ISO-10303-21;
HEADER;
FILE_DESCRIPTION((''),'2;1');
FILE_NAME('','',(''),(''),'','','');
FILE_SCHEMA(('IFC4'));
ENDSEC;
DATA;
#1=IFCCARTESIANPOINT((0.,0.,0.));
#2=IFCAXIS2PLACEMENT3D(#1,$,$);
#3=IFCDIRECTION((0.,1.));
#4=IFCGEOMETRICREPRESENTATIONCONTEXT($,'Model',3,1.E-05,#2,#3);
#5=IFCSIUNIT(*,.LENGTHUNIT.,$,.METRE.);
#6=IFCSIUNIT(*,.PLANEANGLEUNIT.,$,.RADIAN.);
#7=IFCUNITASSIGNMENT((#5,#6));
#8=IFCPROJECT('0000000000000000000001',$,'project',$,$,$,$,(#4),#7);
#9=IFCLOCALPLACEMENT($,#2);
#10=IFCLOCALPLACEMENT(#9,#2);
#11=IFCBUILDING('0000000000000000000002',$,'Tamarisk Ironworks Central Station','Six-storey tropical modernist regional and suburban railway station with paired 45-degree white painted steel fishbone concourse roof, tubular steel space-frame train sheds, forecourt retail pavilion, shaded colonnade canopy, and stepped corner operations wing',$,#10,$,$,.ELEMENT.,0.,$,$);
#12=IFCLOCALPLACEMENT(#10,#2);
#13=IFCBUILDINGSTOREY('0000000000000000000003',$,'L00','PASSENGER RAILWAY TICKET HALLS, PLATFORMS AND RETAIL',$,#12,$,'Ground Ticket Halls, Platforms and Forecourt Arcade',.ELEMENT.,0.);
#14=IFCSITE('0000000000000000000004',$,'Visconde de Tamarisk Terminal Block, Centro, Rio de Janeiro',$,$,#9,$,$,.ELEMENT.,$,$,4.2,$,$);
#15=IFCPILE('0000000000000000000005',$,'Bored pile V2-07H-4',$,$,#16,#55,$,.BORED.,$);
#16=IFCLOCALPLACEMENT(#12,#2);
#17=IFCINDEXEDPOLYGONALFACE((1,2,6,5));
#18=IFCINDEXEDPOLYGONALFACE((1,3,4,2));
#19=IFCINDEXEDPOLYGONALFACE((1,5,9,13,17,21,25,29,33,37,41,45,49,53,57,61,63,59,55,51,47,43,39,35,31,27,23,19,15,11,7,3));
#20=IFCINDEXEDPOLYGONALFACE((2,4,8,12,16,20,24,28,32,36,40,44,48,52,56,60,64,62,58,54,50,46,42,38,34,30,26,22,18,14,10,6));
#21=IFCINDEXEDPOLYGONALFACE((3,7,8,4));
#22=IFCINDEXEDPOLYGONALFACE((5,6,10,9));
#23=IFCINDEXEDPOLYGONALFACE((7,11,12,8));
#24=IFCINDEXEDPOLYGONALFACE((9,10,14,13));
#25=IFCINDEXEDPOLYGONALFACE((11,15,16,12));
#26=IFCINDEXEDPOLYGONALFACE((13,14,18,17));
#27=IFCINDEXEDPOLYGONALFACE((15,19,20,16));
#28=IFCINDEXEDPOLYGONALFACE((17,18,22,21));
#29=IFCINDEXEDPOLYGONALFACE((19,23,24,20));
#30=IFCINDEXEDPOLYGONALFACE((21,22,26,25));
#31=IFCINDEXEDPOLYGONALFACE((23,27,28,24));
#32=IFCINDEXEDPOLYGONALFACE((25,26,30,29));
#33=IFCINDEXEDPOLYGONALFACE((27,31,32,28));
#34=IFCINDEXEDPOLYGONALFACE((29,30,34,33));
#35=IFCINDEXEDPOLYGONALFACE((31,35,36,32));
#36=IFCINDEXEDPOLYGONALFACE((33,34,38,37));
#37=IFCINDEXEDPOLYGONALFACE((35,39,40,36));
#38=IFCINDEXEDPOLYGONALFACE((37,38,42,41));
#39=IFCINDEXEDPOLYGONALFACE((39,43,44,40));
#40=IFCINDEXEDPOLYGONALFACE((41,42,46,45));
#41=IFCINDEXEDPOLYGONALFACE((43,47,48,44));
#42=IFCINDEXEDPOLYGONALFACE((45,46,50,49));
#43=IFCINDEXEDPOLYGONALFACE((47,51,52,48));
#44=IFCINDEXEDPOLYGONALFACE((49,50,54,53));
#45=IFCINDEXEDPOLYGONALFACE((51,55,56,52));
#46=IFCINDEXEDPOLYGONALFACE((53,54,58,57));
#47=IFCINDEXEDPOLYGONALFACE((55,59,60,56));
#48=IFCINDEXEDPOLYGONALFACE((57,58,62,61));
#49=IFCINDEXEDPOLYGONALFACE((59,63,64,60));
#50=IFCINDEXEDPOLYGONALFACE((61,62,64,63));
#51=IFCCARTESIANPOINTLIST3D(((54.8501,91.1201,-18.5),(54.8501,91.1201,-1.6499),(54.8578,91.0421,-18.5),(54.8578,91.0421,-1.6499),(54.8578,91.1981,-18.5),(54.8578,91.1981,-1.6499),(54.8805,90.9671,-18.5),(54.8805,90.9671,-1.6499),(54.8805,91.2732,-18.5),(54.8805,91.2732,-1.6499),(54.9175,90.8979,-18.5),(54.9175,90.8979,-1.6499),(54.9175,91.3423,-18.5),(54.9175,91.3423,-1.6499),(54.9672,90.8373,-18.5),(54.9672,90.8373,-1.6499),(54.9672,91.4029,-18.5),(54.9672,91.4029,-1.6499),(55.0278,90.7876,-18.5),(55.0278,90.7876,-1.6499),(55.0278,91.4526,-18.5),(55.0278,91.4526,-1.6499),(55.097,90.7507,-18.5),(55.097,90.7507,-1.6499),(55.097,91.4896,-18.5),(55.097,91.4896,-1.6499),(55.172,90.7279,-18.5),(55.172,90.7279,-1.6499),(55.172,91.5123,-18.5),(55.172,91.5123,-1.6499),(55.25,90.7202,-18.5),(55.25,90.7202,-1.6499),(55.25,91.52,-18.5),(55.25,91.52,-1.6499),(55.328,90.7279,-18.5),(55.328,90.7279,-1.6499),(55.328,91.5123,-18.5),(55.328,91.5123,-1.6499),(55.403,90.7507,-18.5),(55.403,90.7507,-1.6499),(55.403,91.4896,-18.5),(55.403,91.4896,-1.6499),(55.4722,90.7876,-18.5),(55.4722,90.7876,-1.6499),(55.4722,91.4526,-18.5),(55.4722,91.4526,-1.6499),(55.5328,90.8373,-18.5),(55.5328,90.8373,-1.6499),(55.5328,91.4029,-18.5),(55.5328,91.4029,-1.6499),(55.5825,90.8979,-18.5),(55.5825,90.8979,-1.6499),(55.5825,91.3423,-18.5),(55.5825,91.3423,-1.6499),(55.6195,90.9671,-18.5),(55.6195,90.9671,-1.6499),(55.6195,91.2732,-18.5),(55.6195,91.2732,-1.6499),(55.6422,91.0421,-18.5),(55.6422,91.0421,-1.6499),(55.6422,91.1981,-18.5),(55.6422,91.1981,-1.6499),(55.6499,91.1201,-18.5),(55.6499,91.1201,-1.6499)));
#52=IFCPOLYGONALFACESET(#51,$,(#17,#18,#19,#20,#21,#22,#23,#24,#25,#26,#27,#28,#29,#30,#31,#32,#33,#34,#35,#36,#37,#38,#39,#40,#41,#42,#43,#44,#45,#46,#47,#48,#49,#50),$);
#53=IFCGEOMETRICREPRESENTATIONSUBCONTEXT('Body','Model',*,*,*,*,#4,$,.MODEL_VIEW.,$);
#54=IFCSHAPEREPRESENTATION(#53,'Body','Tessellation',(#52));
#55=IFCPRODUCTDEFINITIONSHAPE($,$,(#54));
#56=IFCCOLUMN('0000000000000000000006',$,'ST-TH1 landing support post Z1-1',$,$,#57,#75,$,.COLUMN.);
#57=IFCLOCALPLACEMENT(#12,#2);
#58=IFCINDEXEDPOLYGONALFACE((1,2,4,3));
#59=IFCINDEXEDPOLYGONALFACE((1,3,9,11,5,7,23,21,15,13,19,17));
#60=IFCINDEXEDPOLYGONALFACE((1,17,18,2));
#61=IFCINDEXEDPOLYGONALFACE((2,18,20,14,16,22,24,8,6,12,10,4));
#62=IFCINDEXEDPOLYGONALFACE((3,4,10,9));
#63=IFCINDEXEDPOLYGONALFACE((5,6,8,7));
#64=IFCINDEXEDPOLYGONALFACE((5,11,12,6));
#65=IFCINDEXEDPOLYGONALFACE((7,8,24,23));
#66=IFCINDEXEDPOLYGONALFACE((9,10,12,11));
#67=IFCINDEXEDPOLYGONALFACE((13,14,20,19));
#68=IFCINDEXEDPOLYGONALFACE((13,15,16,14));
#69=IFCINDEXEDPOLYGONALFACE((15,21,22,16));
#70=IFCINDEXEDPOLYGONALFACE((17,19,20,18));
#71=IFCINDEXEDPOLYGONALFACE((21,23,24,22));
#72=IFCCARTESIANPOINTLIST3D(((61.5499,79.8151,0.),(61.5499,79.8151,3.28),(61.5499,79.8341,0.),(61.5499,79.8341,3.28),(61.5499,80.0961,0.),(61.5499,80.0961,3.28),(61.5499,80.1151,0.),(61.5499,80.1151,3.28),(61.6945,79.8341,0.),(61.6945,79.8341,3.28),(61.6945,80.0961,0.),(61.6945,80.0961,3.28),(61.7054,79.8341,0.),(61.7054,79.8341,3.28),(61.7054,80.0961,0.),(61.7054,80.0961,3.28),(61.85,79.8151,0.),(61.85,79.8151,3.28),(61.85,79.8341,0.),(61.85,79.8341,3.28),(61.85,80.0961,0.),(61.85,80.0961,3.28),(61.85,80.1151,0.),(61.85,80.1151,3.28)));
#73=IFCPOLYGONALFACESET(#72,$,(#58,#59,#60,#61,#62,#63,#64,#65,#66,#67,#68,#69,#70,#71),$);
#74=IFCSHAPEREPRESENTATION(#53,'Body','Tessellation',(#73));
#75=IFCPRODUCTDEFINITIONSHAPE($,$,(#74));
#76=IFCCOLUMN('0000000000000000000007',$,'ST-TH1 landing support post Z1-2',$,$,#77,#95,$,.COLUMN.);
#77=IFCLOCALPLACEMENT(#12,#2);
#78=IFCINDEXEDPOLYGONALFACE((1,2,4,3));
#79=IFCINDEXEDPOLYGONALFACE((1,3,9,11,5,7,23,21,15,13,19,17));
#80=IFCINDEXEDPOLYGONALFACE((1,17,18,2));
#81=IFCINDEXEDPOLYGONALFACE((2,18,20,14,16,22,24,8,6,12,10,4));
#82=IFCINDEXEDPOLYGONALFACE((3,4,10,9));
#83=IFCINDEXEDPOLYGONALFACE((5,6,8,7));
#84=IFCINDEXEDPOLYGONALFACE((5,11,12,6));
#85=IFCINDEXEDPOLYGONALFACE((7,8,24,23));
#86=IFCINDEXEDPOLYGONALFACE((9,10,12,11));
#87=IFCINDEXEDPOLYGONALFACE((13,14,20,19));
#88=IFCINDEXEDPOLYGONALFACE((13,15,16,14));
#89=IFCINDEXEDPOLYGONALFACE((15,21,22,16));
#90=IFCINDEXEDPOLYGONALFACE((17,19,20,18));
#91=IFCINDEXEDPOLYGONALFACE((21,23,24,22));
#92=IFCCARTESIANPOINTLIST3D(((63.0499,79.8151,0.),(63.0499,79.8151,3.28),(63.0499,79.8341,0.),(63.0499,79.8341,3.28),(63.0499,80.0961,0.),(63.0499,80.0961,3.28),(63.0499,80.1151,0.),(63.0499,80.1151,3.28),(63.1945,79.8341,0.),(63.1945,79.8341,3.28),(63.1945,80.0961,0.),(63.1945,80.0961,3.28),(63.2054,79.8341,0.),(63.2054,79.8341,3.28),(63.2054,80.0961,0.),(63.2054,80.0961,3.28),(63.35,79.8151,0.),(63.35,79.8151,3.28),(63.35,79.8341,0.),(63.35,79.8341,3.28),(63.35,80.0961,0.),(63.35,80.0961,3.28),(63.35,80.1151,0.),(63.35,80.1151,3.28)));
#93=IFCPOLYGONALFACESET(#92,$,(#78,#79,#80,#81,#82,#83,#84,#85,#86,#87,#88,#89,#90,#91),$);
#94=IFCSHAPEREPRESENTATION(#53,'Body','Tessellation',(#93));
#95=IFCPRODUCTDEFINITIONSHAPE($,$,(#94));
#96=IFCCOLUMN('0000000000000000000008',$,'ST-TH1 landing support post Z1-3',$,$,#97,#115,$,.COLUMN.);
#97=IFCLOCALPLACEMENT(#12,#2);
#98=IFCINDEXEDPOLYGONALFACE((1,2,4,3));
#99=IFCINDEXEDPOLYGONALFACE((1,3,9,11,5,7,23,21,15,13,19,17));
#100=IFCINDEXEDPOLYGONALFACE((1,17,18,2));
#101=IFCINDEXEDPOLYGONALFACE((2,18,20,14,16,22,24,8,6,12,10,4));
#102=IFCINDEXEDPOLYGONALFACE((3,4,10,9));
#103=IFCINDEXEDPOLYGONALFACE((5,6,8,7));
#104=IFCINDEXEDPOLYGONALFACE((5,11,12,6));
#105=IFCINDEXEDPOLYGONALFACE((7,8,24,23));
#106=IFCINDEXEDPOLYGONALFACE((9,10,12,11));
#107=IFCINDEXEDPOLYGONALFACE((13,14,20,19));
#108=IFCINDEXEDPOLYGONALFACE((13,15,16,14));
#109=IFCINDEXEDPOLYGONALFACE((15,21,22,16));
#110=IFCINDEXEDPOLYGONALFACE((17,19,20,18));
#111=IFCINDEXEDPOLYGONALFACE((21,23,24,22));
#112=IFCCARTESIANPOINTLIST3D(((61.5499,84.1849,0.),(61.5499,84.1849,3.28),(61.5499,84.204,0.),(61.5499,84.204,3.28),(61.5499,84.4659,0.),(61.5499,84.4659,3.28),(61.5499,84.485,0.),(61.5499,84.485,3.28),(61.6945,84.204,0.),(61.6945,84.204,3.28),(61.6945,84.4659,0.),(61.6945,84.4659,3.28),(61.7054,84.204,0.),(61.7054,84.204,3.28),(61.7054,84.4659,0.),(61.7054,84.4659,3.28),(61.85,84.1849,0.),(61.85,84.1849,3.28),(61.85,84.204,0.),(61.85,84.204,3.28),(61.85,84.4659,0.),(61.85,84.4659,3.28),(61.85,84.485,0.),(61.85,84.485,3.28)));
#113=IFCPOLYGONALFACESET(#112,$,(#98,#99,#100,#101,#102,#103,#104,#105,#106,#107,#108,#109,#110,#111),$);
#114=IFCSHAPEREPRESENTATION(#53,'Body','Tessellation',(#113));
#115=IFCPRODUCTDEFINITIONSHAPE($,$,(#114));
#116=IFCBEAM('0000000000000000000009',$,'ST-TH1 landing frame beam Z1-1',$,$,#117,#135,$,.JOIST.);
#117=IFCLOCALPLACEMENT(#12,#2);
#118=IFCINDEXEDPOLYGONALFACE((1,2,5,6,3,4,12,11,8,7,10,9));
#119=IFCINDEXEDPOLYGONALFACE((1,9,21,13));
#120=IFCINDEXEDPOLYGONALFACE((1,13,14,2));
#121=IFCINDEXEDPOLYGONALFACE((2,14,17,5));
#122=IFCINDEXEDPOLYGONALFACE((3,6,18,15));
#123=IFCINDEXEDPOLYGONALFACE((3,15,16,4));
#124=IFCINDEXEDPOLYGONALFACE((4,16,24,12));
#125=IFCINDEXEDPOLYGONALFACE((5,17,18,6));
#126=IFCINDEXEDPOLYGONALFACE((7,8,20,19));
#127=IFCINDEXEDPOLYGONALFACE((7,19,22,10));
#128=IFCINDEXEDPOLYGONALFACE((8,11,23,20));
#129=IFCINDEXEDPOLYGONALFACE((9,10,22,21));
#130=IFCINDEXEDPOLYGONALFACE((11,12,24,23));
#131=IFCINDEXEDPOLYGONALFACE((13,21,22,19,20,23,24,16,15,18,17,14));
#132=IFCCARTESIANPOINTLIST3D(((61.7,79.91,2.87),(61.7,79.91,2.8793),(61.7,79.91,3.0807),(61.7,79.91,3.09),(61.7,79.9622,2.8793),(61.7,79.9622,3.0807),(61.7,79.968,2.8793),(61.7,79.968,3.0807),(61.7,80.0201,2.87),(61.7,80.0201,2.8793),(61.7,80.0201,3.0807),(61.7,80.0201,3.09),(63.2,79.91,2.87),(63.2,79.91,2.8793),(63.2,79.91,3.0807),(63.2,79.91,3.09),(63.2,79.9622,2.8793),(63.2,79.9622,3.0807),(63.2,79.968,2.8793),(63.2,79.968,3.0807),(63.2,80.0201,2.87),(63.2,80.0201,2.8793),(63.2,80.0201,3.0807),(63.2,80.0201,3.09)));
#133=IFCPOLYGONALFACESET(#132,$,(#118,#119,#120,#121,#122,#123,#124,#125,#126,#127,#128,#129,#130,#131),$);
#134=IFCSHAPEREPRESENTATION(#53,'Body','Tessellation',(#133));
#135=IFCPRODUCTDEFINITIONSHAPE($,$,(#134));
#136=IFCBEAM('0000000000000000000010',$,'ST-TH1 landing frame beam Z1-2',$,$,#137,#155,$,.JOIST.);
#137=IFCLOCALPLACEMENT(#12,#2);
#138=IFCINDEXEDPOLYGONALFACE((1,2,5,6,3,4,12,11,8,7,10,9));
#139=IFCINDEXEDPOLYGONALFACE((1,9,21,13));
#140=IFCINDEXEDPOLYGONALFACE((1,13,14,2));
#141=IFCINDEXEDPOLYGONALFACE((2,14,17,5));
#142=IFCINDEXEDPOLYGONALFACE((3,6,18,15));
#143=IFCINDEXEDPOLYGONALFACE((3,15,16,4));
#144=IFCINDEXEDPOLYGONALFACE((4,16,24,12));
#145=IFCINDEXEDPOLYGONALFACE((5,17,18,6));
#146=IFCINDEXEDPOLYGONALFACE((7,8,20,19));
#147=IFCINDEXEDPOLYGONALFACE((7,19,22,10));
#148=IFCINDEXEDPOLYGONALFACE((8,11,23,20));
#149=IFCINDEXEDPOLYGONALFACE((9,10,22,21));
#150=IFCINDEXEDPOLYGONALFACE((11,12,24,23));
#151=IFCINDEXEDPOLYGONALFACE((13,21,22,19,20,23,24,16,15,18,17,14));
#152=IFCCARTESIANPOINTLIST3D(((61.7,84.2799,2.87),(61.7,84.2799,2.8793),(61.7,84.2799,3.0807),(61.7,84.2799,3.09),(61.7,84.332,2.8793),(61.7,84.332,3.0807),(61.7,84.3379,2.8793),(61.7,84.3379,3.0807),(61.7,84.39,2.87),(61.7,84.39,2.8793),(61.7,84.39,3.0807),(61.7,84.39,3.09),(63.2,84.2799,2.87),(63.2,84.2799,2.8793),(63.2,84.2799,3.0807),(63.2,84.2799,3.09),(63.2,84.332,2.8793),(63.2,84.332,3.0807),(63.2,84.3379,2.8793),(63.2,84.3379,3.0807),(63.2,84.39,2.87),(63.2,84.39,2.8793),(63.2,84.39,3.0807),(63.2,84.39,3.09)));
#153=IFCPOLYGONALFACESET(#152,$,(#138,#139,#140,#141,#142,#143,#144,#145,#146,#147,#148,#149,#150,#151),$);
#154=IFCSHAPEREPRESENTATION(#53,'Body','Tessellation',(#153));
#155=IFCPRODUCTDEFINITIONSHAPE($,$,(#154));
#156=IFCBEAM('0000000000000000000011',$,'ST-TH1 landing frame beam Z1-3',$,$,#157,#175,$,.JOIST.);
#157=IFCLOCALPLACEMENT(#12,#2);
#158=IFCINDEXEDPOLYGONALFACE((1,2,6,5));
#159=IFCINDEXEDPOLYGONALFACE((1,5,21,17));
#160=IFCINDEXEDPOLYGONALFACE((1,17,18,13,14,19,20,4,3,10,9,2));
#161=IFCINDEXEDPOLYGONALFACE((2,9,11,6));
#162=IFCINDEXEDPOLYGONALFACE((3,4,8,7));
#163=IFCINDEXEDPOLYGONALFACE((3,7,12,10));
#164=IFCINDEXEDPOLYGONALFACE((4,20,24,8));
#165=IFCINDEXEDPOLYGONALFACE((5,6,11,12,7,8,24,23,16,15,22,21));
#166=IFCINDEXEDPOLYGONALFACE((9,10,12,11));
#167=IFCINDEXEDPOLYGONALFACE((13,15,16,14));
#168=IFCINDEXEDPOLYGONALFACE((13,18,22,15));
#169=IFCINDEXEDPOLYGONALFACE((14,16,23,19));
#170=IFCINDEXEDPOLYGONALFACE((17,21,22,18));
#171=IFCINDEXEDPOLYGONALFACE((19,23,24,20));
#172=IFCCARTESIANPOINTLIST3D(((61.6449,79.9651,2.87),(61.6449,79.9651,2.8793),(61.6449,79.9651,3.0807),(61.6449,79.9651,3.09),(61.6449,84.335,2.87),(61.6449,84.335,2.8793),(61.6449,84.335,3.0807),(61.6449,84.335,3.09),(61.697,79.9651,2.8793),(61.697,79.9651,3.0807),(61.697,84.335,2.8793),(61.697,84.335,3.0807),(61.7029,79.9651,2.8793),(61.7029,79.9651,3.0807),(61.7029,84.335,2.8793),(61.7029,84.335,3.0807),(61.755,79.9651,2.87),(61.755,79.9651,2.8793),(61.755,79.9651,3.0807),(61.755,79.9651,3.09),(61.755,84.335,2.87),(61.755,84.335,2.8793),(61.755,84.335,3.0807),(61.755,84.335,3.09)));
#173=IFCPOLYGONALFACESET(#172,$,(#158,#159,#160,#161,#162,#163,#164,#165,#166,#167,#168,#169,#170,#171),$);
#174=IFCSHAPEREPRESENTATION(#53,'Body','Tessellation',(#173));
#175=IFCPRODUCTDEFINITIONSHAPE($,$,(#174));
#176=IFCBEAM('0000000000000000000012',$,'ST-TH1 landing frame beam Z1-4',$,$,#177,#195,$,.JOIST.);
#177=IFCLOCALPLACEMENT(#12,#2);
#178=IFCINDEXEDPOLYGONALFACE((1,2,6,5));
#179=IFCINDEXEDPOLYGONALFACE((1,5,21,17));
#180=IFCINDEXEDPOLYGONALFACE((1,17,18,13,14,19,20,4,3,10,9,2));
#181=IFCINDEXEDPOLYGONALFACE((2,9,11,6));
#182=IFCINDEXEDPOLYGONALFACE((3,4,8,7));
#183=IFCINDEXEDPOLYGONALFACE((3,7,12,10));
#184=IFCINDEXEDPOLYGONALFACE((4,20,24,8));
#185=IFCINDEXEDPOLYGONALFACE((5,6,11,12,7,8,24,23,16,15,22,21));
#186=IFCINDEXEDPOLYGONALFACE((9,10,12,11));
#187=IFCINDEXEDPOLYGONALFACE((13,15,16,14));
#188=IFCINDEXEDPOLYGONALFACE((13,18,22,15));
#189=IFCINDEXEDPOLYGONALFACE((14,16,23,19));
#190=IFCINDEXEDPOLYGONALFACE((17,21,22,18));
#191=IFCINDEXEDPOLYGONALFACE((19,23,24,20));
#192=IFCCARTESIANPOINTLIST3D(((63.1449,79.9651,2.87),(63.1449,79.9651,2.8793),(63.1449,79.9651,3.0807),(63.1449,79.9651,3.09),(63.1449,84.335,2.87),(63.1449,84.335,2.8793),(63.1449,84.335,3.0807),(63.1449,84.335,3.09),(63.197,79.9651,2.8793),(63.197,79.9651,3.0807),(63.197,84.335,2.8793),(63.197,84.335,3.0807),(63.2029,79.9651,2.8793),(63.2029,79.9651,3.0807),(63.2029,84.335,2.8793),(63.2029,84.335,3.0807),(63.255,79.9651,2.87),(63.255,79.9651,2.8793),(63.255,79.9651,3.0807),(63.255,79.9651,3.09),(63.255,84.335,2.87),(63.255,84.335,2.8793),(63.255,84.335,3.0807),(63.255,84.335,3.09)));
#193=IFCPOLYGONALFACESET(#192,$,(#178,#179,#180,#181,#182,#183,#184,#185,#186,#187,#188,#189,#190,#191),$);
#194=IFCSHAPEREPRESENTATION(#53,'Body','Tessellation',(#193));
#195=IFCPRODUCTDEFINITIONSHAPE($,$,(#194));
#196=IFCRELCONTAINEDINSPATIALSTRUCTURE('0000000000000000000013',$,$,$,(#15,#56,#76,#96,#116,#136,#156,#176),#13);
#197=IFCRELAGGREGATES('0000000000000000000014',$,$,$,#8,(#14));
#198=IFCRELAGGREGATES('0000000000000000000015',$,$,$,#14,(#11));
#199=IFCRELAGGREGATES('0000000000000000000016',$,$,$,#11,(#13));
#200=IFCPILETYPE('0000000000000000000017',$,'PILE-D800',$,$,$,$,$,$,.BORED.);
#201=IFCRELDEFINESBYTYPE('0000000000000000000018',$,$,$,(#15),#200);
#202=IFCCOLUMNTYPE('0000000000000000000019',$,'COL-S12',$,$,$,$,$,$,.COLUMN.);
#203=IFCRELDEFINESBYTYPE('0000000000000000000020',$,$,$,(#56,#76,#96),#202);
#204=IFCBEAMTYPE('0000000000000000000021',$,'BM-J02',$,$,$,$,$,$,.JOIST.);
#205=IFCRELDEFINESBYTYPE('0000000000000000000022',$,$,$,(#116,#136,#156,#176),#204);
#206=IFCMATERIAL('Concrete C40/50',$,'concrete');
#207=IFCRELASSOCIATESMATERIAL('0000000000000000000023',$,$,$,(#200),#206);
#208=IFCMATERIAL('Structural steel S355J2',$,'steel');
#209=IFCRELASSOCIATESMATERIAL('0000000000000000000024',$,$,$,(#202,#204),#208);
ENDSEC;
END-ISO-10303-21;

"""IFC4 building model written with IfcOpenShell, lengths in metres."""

from ifc_helpers import new_model, si_unit, direction, frame, origin, origin_2d, place, context, subcontext, project, spatial, circle, i_section, extrude, material, material_profile, profile_set, type_object, element, save


model = new_model("IFC4")

# Units and contexts
model_context = context("Model", 3, precision=1e-05, world=origin(), true_north=direction((0.0, 1.0)))
body_context = subcontext(model_context, "Body", "Model", "MODEL_VIEW")
ifc_project = project(units=[si_unit("LENGTHUNIT", "METRE"), si_unit("PLANEANGLEUNIT", "RADIAN")], contexts=[model_context])

# Site, building, storey
site_placement = place(None, origin())
site = spatial("IfcSite", under=ifc_project, at=site_placement, Name="Visconde de Tamarisk Terminal Block, Centro, Rio de Janeiro", CompositionType="ELEMENT", RefElevation=4.2)
building_placement = place(site_placement, origin())
building = spatial("IfcBuilding", under=site, at=building_placement, Name="Tamarisk Ironworks Central Station", Description="Six-storey tropical modernist regional and suburban railway station with paired 45-degree white painted steel fishbone concourse roof, tubular steel space-frame train sheds, forecourt retail pavilion, shaded colonnade canopy, and stepped corner operations wing", CompositionType="ELEMENT", ElevationOfRefHeight=0.0)
storey_placement = place(building_placement, origin())
storey = spatial("IfcBuildingStorey", under=building, at=storey_placement, Name="L00", Description="PASSENGER RAILWAY TICKET HALLS, PLATFORMS AND RETAIL", LongName="Ground Ticket Halls, Platforms and Forecourt Arcade", CompositionType="ELEMENT", Elevation=0.0)

# Shared definitions
ifc_material_1 = material(Name="Concrete C40/50", Category="concrete")

# Pile
ifc_material_profile_1 = material_profile(ifc_material_1, circle(Radius=0.3999, at=origin_2d()), Name="BORED PILE D800")
ifc_profile_set_1 = profile_set([ifc_material_profile_1], Name="Concrete C40/50")
pile_type_1 = type_object("IfcPileType", Name="PILE-D800", PredefinedType="BORED", material=ifc_profile_set_1)
for number, where, z_axis, x_axis, name in (
    (1, (55.25, 91.1201, -1.6499), (0.0, 0.0, -1.0), (1.0, 0.0, 0.0), "Bored pile V2-07H-4"),
):
    element("IfcPile", number, at=place(storey_placement, frame(where, z_axis=z_axis, x_axis=x_axis)), inside=storey, type_object=pile_type_1, Name=name, PredefinedType="BORED", context=body_context, shape_type="SweptSolid", body=[
        extrude(circle(Radius=0.3999, at=origin_2d()), origin(), (0.0, 0.0, 1.0), 16.8501),
    ])

# Columns
ifc_material_2 = material(Name="Structural steel S355J2", Category="steel")
ifc_material_profile_2 = material_profile(ifc_material_2, i_section(OverallWidth=0.3, OverallDepth=0.3, WebThickness=0.011, FlangeThickness=0.019, at=origin_2d()), Name="HEB 300")
ifc_profile_set_2 = profile_set([ifc_material_profile_2], Name="Structural steel S355J2")
column_type = type_object("IfcColumnType", Name="COL-S12", PredefinedType="COLUMN", material=ifc_profile_set_2)
for number, where, z_axis, x_axis, name in (
    (2, (61.7, 79.9651, 0.0), (0.0, 0.0, 1.0), (1.0, 0.0, 0.0), "ST-TH1 landing support post Z1-1"),
    (3, (63.2, 79.9651, 0.0), (0.0, 0.0, 1.0), (1.0, 0.0, 0.0), "ST-TH1 landing support post Z1-2"),
    (4, (61.7, 84.335, 0.0), (0.0, 0.0, 1.0), (1.0, 0.0, 0.0), "ST-TH1 landing support post Z1-3"),
):
    element("IfcColumn", number, at=place(storey_placement, frame(where, z_axis=z_axis, x_axis=x_axis)), inside=storey, type_object=column_type, Name=name, PredefinedType="COLUMN", context=body_context, shape_type="SweptSolid", body=[
        extrude(i_section(OverallWidth=0.3, OverallDepth=0.3, WebThickness=0.011, FlangeThickness=0.019, at=origin_2d()), origin(), (0.0, 0.0, 1.0), 3.28),
    ])

# Beams
ifc_material_profile_3 = material_profile(ifc_material_2, i_section(OverallWidth=0.1101, OverallDepth=0.22, WebThickness=0.0059, FlangeThickness=0.0093, at=origin_2d()), Name="IPE 220")
ifc_profile_set_3 = profile_set([ifc_material_profile_3], Name="Structural steel S355J2")
beam_type = type_object("IfcBeamType", Name="BM-J02", PredefinedType="JOIST", material=ifc_profile_set_3)
for number, where, z_axis, x_axis, name in (
    (5, (61.7, 79.9651, 2.98), (1.0, 0.0, 0.0), (0.0, 1.0, 0.0), "ST-TH1 landing frame beam Z1-1"),
    (6, (61.7, 84.335, 2.98), (1.0, 0.0, 0.0), (0.0, 1.0, 0.0), "ST-TH1 landing frame beam Z1-2"),
):
    element("IfcBeam", number, at=place(storey_placement, frame(where, z_axis=z_axis, x_axis=x_axis)), inside=storey, type_object=beam_type, Name=name, PredefinedType="JOIST", context=body_context, shape_type="SweptSolid", body=[
        extrude(i_section(OverallWidth=0.1101, OverallDepth=0.22, WebThickness=0.0059, FlangeThickness=0.0093, at=origin_2d()), origin(), (0.0, 0.0, 1.0), 1.5),
    ])
for number, where, z_axis, x_axis, name in (
    (7, (61.7, 79.9651, 2.98), (0.0, 1.0, 0.0), (-1.0, 0.0, 0.0), "ST-TH1 landing frame beam Z1-3"),
    (8, (63.2, 79.9651, 2.98), (0.0, 1.0, 0.0), (-1.0, 0.0, 0.0), "ST-TH1 landing frame beam Z1-4"),
):
    element("IfcBeam", number, at=place(storey_placement, frame(where, z_axis=z_axis, x_axis=x_axis)), inside=storey, type_object=beam_type, Name=name, PredefinedType="JOIST", context=body_context, shape_type="SweptSolid", body=[
        extrude(i_section(OverallWidth=0.1101, OverallDepth=0.22, WebThickness=0.0059, FlangeThickness=0.0093, at=origin_2d()), origin(), (0.0, 0.0, 1.0), 4.3699),
    ])

save(model, "model.ifc")
